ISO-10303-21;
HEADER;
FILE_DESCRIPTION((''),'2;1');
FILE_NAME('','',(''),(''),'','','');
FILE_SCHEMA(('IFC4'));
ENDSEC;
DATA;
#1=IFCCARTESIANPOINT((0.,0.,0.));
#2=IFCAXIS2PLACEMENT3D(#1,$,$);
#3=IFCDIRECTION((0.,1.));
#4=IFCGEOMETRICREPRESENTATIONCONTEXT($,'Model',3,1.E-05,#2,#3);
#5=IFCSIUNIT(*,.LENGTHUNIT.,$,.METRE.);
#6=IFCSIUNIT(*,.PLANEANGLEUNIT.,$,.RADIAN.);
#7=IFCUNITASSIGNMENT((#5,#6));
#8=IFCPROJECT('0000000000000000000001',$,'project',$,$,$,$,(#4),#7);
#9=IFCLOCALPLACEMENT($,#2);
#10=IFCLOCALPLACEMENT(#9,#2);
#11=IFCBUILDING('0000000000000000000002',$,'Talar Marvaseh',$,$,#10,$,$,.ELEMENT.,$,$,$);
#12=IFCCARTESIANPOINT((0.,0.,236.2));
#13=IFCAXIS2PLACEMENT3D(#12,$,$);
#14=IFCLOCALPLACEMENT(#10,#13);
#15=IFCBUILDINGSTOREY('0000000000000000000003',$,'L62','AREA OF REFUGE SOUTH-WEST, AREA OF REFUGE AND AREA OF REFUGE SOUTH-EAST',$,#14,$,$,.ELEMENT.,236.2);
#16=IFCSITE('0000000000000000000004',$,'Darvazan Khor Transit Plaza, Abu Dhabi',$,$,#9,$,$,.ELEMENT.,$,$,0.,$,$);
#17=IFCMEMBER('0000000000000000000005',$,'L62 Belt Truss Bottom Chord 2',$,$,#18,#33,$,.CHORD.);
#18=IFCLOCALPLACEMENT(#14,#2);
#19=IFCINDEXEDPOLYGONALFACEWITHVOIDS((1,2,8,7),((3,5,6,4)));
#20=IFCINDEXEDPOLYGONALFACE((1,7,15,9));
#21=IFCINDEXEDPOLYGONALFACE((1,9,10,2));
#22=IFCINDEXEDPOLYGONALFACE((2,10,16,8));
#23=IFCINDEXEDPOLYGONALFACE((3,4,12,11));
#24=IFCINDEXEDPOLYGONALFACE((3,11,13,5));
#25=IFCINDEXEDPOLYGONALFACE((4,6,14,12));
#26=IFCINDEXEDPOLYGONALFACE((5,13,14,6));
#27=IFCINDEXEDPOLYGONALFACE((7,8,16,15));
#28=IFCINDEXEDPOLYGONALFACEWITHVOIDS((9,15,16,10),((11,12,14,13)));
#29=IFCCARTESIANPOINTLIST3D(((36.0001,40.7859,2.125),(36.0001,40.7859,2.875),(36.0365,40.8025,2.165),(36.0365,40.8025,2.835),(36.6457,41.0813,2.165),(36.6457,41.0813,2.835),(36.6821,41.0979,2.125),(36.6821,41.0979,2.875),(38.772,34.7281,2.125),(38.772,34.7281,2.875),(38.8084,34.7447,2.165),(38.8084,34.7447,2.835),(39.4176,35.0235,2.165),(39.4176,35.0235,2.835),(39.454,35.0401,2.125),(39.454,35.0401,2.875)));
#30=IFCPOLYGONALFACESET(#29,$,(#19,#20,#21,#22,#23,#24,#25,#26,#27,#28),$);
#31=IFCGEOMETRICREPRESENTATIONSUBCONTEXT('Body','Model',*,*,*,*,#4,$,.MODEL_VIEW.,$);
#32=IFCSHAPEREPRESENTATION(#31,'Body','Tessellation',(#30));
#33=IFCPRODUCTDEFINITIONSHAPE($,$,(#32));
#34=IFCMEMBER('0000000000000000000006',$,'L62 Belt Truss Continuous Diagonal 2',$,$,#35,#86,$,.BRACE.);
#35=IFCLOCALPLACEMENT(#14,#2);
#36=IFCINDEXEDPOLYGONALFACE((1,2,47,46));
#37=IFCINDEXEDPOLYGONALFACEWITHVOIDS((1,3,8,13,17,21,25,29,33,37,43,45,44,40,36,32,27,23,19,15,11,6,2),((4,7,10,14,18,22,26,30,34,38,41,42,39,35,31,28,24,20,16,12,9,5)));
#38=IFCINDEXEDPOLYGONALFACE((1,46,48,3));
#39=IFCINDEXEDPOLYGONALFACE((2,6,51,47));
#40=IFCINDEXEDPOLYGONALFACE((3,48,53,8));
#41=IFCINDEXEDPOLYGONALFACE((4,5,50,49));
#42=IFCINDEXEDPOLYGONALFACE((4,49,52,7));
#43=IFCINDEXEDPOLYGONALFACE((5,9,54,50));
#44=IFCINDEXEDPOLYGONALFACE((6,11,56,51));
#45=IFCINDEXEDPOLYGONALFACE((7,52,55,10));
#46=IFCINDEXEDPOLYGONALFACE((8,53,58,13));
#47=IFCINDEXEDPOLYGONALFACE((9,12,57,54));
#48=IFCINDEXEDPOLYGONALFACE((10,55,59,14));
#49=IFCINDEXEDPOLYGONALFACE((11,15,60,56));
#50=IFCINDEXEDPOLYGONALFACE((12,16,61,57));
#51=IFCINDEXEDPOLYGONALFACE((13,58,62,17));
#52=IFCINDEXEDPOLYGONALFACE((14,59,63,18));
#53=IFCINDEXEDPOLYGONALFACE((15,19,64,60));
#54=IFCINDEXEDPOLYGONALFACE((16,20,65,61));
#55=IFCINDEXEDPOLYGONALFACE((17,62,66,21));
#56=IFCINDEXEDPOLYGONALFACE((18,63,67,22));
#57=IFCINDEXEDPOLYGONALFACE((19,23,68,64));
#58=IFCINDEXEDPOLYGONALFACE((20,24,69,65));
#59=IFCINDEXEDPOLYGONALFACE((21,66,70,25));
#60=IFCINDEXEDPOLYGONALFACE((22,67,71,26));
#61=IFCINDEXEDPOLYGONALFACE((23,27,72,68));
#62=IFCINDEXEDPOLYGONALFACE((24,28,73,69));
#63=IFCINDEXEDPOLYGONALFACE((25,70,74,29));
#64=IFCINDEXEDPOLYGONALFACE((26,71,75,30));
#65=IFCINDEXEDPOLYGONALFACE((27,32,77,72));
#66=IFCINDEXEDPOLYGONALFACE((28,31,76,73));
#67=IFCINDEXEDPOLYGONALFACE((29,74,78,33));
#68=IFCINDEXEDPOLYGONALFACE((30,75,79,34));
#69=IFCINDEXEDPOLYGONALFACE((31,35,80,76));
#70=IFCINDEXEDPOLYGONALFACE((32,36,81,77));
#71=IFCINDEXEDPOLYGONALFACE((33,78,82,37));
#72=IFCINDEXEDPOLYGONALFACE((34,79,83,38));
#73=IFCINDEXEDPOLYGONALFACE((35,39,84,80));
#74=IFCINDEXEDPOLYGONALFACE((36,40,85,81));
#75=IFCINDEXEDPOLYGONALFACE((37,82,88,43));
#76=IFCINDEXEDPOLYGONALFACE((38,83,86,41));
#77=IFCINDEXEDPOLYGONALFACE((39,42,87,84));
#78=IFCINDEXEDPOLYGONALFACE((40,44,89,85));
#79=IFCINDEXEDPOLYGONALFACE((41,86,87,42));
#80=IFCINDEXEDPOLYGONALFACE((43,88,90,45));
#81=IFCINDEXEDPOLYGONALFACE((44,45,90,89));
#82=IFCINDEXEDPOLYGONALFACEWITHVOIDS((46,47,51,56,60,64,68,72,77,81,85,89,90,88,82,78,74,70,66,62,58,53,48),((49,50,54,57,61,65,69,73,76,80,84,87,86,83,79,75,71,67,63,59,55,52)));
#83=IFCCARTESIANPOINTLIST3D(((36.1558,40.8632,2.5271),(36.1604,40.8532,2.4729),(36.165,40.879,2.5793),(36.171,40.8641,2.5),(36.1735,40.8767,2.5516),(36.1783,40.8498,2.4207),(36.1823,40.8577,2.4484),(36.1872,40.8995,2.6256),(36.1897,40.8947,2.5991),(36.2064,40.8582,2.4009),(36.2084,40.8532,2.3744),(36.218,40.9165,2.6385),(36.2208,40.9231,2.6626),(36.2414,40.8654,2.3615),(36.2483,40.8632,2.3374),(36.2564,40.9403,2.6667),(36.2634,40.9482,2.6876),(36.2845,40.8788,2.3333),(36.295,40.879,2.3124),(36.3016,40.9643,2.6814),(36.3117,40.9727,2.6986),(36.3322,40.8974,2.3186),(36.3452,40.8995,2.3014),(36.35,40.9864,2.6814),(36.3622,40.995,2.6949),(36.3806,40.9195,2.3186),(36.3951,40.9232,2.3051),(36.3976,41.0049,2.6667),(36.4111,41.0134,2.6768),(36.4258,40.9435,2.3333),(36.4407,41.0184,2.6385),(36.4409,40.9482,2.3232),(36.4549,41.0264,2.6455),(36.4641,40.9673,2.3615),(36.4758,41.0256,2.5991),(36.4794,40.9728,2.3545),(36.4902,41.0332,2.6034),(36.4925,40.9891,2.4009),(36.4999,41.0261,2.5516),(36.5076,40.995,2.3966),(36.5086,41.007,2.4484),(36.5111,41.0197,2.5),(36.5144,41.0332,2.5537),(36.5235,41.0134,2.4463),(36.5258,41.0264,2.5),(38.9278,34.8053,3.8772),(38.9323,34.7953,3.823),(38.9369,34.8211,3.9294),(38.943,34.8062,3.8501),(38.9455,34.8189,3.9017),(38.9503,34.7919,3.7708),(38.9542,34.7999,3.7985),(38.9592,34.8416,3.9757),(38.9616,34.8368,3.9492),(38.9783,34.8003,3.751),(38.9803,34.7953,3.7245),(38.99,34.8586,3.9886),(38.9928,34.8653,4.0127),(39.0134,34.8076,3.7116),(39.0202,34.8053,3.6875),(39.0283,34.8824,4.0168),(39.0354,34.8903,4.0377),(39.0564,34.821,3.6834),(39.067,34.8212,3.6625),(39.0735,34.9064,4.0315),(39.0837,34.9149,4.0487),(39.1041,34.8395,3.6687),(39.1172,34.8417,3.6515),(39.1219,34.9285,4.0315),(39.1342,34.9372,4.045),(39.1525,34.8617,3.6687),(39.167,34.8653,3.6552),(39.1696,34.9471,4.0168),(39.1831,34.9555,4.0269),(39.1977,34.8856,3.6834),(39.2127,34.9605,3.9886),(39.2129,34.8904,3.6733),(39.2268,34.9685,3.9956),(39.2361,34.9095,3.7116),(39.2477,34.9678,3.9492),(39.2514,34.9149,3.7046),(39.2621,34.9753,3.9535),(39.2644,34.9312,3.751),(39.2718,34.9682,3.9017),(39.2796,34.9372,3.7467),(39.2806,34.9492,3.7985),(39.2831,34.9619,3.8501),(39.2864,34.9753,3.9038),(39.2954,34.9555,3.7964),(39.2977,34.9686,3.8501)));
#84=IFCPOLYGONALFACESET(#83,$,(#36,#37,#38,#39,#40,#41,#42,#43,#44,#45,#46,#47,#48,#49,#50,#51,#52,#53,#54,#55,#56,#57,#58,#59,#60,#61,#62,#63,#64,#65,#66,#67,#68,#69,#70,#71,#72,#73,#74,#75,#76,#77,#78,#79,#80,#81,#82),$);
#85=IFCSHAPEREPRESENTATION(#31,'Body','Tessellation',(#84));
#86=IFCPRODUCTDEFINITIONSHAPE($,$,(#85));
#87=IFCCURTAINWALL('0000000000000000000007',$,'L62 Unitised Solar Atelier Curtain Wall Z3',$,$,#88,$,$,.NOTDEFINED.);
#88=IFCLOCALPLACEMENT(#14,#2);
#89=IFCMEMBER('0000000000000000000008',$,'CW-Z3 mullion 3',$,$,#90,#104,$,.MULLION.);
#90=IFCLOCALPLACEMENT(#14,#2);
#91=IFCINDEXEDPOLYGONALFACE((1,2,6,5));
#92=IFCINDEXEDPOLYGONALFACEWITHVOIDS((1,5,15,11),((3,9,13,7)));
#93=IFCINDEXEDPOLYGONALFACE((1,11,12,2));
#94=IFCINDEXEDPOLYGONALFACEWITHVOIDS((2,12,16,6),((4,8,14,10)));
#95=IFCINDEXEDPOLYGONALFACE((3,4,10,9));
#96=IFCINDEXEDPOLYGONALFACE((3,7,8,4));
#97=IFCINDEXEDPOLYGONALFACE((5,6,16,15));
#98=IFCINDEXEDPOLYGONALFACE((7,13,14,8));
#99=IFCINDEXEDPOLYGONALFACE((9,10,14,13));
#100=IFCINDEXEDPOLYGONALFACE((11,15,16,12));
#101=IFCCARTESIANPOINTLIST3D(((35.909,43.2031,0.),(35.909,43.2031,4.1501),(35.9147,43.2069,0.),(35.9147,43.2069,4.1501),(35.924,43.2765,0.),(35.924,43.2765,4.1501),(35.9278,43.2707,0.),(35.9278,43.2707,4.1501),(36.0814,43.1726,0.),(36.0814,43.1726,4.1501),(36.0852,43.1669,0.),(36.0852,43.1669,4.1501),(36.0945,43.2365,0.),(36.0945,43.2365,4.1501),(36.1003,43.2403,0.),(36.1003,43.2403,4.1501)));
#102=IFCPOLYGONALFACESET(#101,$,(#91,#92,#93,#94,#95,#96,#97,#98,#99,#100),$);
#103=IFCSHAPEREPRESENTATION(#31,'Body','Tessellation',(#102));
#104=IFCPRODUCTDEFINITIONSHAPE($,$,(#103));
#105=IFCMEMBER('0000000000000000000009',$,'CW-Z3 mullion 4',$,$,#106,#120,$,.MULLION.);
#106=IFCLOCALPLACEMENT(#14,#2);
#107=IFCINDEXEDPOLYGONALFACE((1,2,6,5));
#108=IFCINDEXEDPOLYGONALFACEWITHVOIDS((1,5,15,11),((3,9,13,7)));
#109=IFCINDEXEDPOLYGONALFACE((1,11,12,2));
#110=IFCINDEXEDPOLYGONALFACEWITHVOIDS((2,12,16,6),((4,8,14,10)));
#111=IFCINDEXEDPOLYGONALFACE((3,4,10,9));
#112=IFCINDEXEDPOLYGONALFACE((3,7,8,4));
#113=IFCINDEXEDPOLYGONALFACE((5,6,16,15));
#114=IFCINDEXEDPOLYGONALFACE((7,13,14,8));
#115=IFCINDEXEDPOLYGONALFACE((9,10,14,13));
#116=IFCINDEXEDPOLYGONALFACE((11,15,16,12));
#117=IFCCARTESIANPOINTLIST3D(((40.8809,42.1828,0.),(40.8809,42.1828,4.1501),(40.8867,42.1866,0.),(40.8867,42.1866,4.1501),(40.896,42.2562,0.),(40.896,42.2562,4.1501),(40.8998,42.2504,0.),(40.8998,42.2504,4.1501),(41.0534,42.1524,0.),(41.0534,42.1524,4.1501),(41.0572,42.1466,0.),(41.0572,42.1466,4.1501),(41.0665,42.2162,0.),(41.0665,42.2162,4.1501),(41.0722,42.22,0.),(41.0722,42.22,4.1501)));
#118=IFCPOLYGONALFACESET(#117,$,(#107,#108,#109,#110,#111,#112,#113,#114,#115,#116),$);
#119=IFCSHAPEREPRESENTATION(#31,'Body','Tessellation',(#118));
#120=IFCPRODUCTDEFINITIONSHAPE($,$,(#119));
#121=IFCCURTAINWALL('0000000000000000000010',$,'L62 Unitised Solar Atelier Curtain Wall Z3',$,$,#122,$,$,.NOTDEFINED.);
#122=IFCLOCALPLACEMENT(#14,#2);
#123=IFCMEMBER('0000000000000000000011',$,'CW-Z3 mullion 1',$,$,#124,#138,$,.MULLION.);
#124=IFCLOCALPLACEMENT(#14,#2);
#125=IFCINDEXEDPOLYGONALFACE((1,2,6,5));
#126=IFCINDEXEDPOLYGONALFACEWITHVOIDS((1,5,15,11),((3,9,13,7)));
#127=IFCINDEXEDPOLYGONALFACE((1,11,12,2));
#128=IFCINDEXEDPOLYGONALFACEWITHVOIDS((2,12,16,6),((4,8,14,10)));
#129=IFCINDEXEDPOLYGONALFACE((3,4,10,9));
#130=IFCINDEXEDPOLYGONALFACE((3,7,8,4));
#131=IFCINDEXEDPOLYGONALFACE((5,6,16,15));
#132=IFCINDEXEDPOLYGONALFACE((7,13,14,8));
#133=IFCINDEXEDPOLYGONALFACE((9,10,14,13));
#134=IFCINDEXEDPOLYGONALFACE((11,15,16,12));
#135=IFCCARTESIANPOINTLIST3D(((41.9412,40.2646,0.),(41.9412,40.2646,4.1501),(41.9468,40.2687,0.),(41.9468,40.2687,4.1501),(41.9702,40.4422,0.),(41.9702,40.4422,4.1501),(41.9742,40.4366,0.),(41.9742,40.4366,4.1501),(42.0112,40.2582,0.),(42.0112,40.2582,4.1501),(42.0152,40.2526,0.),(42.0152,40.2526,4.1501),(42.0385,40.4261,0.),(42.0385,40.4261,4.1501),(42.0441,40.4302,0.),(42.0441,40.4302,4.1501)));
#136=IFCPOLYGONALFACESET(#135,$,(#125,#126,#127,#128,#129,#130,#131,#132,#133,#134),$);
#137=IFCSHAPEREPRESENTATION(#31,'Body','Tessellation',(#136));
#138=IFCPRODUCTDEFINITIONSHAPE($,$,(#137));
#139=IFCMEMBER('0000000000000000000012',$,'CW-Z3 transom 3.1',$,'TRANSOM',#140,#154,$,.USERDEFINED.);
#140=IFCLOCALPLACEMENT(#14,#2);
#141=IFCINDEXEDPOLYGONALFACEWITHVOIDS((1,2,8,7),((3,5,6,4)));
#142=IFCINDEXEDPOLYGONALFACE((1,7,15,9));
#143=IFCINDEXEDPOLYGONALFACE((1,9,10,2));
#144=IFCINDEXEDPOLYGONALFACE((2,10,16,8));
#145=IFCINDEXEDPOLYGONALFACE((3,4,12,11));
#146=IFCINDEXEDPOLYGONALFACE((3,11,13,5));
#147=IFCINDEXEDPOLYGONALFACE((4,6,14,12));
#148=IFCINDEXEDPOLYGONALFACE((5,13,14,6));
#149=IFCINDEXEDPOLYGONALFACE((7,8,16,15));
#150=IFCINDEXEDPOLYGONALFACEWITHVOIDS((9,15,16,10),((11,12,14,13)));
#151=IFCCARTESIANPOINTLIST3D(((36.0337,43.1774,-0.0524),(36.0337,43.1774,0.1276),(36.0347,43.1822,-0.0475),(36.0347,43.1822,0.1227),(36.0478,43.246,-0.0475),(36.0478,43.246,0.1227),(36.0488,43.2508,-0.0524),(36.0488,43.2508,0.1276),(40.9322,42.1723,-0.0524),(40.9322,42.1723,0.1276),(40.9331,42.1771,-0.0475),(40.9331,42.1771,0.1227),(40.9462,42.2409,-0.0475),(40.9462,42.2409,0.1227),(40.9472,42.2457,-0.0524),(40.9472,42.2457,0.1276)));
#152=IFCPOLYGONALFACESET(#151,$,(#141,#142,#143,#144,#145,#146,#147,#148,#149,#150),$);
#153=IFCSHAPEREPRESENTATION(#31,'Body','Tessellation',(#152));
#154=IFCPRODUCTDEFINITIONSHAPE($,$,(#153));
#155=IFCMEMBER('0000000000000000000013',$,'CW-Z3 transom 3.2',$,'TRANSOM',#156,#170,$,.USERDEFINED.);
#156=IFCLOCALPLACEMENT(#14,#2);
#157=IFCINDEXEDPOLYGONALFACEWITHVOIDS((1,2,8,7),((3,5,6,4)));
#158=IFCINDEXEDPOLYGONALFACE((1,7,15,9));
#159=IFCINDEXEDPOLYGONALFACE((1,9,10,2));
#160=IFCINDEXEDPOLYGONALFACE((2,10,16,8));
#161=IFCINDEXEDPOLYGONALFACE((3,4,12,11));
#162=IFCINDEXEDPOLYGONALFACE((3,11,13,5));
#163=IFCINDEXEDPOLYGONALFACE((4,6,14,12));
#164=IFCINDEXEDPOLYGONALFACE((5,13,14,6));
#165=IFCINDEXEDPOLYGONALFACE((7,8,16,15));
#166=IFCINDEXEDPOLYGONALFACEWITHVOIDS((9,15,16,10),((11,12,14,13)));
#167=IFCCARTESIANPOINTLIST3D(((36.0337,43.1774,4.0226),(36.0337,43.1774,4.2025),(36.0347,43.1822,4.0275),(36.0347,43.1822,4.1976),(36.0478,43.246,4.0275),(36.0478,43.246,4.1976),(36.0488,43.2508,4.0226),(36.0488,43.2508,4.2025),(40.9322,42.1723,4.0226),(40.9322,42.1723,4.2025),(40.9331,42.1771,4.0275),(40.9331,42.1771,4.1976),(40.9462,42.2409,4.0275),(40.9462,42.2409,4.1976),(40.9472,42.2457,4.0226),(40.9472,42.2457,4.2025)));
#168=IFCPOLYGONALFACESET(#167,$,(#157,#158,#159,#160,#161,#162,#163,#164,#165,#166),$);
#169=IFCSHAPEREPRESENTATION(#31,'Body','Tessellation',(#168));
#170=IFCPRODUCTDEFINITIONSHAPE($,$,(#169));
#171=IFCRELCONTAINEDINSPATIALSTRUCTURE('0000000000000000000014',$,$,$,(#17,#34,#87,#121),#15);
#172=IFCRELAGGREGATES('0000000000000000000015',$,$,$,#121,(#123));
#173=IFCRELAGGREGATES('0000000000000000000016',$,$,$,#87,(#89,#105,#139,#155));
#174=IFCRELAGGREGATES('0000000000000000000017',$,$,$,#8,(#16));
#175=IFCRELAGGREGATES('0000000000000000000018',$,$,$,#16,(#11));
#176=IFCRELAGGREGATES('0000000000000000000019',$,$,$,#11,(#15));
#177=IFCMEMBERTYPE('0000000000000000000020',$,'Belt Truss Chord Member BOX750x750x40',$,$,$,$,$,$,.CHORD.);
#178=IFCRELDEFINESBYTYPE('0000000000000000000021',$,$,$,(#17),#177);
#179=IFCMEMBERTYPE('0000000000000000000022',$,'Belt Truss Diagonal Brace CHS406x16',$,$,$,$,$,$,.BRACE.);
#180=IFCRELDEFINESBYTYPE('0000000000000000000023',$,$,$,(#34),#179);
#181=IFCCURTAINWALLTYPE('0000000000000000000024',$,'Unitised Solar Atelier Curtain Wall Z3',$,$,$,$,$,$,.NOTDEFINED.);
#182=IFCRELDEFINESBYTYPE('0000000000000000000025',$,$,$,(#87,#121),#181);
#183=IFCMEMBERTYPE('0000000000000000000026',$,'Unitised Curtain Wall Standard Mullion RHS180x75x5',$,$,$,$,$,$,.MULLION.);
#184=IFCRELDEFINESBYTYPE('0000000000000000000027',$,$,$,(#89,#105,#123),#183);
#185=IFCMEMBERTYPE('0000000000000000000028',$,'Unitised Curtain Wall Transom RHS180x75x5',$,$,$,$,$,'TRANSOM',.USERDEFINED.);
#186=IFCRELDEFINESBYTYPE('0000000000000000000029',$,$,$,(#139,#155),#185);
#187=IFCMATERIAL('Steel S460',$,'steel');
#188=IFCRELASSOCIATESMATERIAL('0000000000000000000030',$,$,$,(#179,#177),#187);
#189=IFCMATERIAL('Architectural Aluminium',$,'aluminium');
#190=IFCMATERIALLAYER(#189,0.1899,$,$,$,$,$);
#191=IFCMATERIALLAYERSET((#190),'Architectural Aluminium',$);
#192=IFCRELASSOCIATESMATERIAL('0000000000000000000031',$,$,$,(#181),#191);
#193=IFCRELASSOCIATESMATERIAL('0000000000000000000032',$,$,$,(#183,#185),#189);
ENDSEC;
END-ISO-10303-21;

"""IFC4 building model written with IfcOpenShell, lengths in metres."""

from ifc_helpers import new_model, si_unit, direction, frame, origin, origin_2d, place, context, subcontext, project, spatial, hollow_rectangle, hollow_circle, extrude, source, transform, mapped, material, layer, layer_set, material_profile, profile_set, type_object, type_shapes, element, aggregate, save


model = new_model("IFC4")

# Units and contexts
model_context = context("Model", 3, precision=1e-05, world=origin(), true_north=direction((0.0, 1.0)))
body_context = subcontext(model_context, "Body", "Model", "MODEL_VIEW")
ifc_project = project(units=[si_unit("LENGTHUNIT", "METRE"), si_unit("PLANEANGLEUNIT", "RADIAN")], contexts=[model_context])

# Site, building, storey
site_placement = place(None, origin())
site = spatial("IfcSite", under=ifc_project, at=site_placement, Name="Darvazan Khor Transit Plaza, Abu Dhabi", CompositionType="ELEMENT", RefElevation=0.0)
building_placement = place(site_placement, origin())
building = spatial("IfcBuilding", under=site, at=building_placement, Name="Talar Marvaseh", CompositionType="ELEMENT")
storey_placement = place(building_placement, frame((0.0, 0.0, 236.2)))
storey = spatial("IfcBuildingStorey", under=building, at=storey_placement, Name="L62", Description="AREA OF REFUGE SOUTH-WEST, AREA OF REFUGE AND AREA OF REFUGE SOUTH-EAST", CompositionType="ELEMENT", Elevation=236.2)

# Shared definitions
ifc_material_1 = material(Name="Steel S460", Category="steel")

# Members
ifc_material_profile_1 = material_profile(ifc_material_1, hollow_circle(Radius=0.2031, WallThickness=0.0161, at=origin_2d()), Name="CHS406x16")
ifc_profile_set_1 = profile_set([ifc_material_profile_1], Name="Steel S460")
member_type_1 = type_object("IfcMemberType", Name="Belt Truss Diagonal Brace CHS406x16", PredefinedType="BRACE", material=ifc_profile_set_1)
ifc_material_profile_2 = material_profile(ifc_material_1, hollow_rectangle(XDim=0.75, YDim=0.75, WallThickness=0.04, at=origin_2d()), Name="BOX750x750x40")
ifc_profile_set_2 = profile_set([ifc_material_profile_2], Name="Steel S460")
member_type_2 = type_object("IfcMemberType", Name="Belt Truss Chord Member BOX750x750x40", PredefinedType="CHORD", material=ifc_profile_set_2)
shared_shape_1 = source(origin(), body_context, "Body", "SweptSolid", [
    extrude(hollow_rectangle(XDim=0.75, YDim=0.75, WallThickness=0.04, at=origin_2d()), origin(), (0.0, 0.0, 1.0), 6.6619),
])
type_shapes(member_type_2, [shared_shape_1])
member_1_placement = place(storey_placement, frame((36.3411, 40.9419, 2.5), z_axis=(0.416091, -0.909323, 0.0), x_axis=(0.909323, 0.416091, 0.0)))
element("IfcMember", 1, at=member_1_placement, inside=storey, type_object=member_type_2, Name="L62 Belt Truss Bottom Chord 2", PredefinedType="CHORD", context=body_context, shape_type="MappedRepresentation", body=[
    mapped(shared_shape_1, transform((0.0, 0.0, 0.0), x_axis=(1.0, 0.0, 0.0), y_axis=(0.0, 1.0, 0.0), z_axis=(0.0, 0.0, 1.0), scale=1.0)),
])
shared_shape_2 = source(origin(), body_context, "Body", "SweptSolid", [
    extrude(hollow_circle(Radius=0.2031, WallThickness=0.0161, at=origin_2d()), origin(), (0.0, 0.0, 1.0), 6.7974),
])
member_2_placement = place(storey_placement, frame((36.3411, 40.9419, 2.5), z_axis=(0.407801, -0.891206, 0.198621), x_axis=(0.909323, 0.416091, 0.0)))
element("IfcMember", 2, at=member_2_placement, inside=storey, type_object=member_type_1, Name="L62 Belt Truss Continuous Diagonal 2", PredefinedType="BRACE", context=body_context, shape_type="MappedRepresentation", body=[
    mapped(shared_shape_2, transform((0.0, 0.0, 0.0), x_axis=(1.0, 0.0, 0.0), y_axis=(0.0, 1.0, 0.0), z_axis=(0.0, 0.0, 1.0), scale=1.0)),
])

# Curtain wall, members
ifc_material_2 = material(Name="Architectural Aluminium", Category="aluminium")
ifc_layer_1 = layer(ifc_material_2, 0.1899)
ifc_layer_set_1 = layer_set([ifc_layer_1], Name="Architectural Aluminium")
curtain_wall_type = type_object("IfcCurtainWallType", Name="Unitised Solar Atelier Curtain Wall Z3", PredefinedType="NOTDEFINED", material=ifc_layer_set_1)
curtain_wall_1_placement = place(storey_placement, origin())
curtain_wall_1 = element("IfcCurtainWall", 3, at=curtain_wall_1_placement, inside=storey, type_object=curtain_wall_type, Name="L62 Unitised Solar Atelier Curtain Wall Z3", PredefinedType="NOTDEFINED")
ifc_material_profile_3 = material_profile(ifc_material_2, hollow_rectangle(XDim=0.075, YDim=0.1799, WallThickness=0.0049, at=origin_2d()), Name="RHS180x75x5")
ifc_profile_set_3 = profile_set([ifc_material_profile_3], Name="Architectural Aluminium")
member_type_3 = type_object("IfcMemberType", Name="Unitised Curtain Wall Standard Mullion RHS180x75x5", PredefinedType="MULLION", material=ifc_profile_set_3)
shared_shape_3 = source(origin(), body_context, "Body", "SweptSolid", [
    extrude(hollow_rectangle(XDim=0.075, YDim=0.1799, WallThickness=0.0049, at=origin_2d()), origin(), (0.0, 0.0, 1.0), 4.1501),
])
type_shapes(member_type_3, [shared_shape_3])
member_3_placement = place(storey_placement, frame((36.0046, 43.2217, 0.0), z_axis=(0.0, 0.0, 1.0), x_axis=(0.201011, 0.979589, 0.0)))
member_3 = element("IfcMember", 4, at=member_3_placement, type_object=member_type_3, Name="CW-Z3 mullion 3", PredefinedType="MULLION", context=body_context, shape_type="MappedRepresentation", body=[
    mapped(shared_shape_3, transform((0.0, 0.0, 0.0), x_axis=(1.0, 0.0, 0.0), y_axis=(0.0, 1.0, 0.0), z_axis=(0.0, 0.0, 1.0), scale=1.0)),
])
member_4_placement = place(storey_placement, frame((40.9766, 42.2014, 0.0), z_axis=(0.0, 0.0, 1.0), x_axis=(0.201011, 0.979589, 0.0)))
member_4 = element("IfcMember", 5, at=member_4_placement, type_object=member_type_3, Name="CW-Z3 mullion 4", PredefinedType="MULLION", context=body_context, shape_type="MappedRepresentation", body=[
    mapped(shared_shape_3, transform((0.0, 0.0, 0.0), x_axis=(1.0, 0.0, 0.0), y_axis=(0.0, 1.0, 0.0), z_axis=(0.0, 0.0, 1.0), scale=1.0)),
])

# Curtain wall, member
curtain_wall_2_placement = place(storey_placement, origin())
curtain_wall_2 = element("IfcCurtainWall", 6, at=curtain_wall_2_placement, inside=storey, type_object=curtain_wall_type, Name="L62 Unitised Solar Atelier Curtain Wall Z3", PredefinedType="NOTDEFINED")
member_5_placement = place(storey_placement, frame((41.9927, 40.3474, 0.0), z_axis=(0.0, 0.0, 1.0), x_axis=(0.986971, -0.160896, 0.0)))
member_5 = element("IfcMember", 7, at=member_5_placement, type_object=member_type_3, Name="CW-Z3 mullion 1", PredefinedType="MULLION", context=body_context, shape_type="MappedRepresentation", body=[
    mapped(shared_shape_3, transform((0.0, 0.0, 0.0), x_axis=(1.0, 0.0, 0.0), y_axis=(0.0, 1.0, 0.0), z_axis=(0.0, 0.0, 1.0), scale=1.0)),
])

# Members
ifc_material_profile_4 = material_profile(ifc_material_2, hollow_rectangle(XDim=0.075, YDim=0.1799, WallThickness=0.0049, at=origin_2d()), Name="RHS180x75x5")
ifc_profile_set_4 = profile_set([ifc_material_profile_4], Name="Architectural Aluminium")
member_type_4 = type_object("IfcMemberType", Name="Unitised Curtain Wall Transom RHS180x75x5", ElementType="TRANSOM", PredefinedType="USERDEFINED", material=ifc_profile_set_4)
shared_shape_4 = source(origin(), body_context, "Body", "SweptSolid", [
    extrude(hollow_rectangle(XDim=0.075, YDim=0.1799, WallThickness=0.0049, at=origin_2d()), origin(), (0.0, 0.0, 1.0), 5.0005),
])
member_6_placement = place(storey_placement, frame((36.0413, 43.2141, 0.0376), z_axis=(0.97959, -0.201005, 0.0), x_axis=(0.201005, 0.97959, 0.0)))
member_6 = element("IfcMember", 8, at=member_6_placement, type_object=member_type_4, Name="CW-Z3 transom 3.1", ObjectType="TRANSOM", PredefinedType="USERDEFINED", context=body_context, shape_type="MappedRepresentation", body=[
    mapped(shared_shape_4, transform((0.0, 0.0, 0.0), x_axis=(1.0, 0.0, 0.0), y_axis=(0.0, 1.0, 0.0), z_axis=(0.0, 0.0, 1.0), scale=1.0)),
])
member_7_placement = place(storey_placement, frame((36.0413, 43.2141, 4.1125), z_axis=(0.97959, -0.201005, 0.0), x_axis=(0.201005, 0.97959, 0.0)))
member_7 = element("IfcMember", 9, at=member_7_placement, type_object=member_type_4, Name="CW-Z3 transom 3.2", ObjectType="TRANSOM", PredefinedType="USERDEFINED", context=body_context, shape_type="MappedRepresentation", body=[
    mapped(shared_shape_4, transform((0.0, 0.0, 0.0), x_axis=(1.0, 0.0, 0.0), y_axis=(0.0, 1.0, 0.0), z_axis=(0.0, 0.0, 1.0), scale=1.0)),
])
aggregate(curtain_wall_2, [member_5])

aggregate(curtain_wall_1, [member_3, member_4, member_6, member_7])

save(model, "model.ifc")
